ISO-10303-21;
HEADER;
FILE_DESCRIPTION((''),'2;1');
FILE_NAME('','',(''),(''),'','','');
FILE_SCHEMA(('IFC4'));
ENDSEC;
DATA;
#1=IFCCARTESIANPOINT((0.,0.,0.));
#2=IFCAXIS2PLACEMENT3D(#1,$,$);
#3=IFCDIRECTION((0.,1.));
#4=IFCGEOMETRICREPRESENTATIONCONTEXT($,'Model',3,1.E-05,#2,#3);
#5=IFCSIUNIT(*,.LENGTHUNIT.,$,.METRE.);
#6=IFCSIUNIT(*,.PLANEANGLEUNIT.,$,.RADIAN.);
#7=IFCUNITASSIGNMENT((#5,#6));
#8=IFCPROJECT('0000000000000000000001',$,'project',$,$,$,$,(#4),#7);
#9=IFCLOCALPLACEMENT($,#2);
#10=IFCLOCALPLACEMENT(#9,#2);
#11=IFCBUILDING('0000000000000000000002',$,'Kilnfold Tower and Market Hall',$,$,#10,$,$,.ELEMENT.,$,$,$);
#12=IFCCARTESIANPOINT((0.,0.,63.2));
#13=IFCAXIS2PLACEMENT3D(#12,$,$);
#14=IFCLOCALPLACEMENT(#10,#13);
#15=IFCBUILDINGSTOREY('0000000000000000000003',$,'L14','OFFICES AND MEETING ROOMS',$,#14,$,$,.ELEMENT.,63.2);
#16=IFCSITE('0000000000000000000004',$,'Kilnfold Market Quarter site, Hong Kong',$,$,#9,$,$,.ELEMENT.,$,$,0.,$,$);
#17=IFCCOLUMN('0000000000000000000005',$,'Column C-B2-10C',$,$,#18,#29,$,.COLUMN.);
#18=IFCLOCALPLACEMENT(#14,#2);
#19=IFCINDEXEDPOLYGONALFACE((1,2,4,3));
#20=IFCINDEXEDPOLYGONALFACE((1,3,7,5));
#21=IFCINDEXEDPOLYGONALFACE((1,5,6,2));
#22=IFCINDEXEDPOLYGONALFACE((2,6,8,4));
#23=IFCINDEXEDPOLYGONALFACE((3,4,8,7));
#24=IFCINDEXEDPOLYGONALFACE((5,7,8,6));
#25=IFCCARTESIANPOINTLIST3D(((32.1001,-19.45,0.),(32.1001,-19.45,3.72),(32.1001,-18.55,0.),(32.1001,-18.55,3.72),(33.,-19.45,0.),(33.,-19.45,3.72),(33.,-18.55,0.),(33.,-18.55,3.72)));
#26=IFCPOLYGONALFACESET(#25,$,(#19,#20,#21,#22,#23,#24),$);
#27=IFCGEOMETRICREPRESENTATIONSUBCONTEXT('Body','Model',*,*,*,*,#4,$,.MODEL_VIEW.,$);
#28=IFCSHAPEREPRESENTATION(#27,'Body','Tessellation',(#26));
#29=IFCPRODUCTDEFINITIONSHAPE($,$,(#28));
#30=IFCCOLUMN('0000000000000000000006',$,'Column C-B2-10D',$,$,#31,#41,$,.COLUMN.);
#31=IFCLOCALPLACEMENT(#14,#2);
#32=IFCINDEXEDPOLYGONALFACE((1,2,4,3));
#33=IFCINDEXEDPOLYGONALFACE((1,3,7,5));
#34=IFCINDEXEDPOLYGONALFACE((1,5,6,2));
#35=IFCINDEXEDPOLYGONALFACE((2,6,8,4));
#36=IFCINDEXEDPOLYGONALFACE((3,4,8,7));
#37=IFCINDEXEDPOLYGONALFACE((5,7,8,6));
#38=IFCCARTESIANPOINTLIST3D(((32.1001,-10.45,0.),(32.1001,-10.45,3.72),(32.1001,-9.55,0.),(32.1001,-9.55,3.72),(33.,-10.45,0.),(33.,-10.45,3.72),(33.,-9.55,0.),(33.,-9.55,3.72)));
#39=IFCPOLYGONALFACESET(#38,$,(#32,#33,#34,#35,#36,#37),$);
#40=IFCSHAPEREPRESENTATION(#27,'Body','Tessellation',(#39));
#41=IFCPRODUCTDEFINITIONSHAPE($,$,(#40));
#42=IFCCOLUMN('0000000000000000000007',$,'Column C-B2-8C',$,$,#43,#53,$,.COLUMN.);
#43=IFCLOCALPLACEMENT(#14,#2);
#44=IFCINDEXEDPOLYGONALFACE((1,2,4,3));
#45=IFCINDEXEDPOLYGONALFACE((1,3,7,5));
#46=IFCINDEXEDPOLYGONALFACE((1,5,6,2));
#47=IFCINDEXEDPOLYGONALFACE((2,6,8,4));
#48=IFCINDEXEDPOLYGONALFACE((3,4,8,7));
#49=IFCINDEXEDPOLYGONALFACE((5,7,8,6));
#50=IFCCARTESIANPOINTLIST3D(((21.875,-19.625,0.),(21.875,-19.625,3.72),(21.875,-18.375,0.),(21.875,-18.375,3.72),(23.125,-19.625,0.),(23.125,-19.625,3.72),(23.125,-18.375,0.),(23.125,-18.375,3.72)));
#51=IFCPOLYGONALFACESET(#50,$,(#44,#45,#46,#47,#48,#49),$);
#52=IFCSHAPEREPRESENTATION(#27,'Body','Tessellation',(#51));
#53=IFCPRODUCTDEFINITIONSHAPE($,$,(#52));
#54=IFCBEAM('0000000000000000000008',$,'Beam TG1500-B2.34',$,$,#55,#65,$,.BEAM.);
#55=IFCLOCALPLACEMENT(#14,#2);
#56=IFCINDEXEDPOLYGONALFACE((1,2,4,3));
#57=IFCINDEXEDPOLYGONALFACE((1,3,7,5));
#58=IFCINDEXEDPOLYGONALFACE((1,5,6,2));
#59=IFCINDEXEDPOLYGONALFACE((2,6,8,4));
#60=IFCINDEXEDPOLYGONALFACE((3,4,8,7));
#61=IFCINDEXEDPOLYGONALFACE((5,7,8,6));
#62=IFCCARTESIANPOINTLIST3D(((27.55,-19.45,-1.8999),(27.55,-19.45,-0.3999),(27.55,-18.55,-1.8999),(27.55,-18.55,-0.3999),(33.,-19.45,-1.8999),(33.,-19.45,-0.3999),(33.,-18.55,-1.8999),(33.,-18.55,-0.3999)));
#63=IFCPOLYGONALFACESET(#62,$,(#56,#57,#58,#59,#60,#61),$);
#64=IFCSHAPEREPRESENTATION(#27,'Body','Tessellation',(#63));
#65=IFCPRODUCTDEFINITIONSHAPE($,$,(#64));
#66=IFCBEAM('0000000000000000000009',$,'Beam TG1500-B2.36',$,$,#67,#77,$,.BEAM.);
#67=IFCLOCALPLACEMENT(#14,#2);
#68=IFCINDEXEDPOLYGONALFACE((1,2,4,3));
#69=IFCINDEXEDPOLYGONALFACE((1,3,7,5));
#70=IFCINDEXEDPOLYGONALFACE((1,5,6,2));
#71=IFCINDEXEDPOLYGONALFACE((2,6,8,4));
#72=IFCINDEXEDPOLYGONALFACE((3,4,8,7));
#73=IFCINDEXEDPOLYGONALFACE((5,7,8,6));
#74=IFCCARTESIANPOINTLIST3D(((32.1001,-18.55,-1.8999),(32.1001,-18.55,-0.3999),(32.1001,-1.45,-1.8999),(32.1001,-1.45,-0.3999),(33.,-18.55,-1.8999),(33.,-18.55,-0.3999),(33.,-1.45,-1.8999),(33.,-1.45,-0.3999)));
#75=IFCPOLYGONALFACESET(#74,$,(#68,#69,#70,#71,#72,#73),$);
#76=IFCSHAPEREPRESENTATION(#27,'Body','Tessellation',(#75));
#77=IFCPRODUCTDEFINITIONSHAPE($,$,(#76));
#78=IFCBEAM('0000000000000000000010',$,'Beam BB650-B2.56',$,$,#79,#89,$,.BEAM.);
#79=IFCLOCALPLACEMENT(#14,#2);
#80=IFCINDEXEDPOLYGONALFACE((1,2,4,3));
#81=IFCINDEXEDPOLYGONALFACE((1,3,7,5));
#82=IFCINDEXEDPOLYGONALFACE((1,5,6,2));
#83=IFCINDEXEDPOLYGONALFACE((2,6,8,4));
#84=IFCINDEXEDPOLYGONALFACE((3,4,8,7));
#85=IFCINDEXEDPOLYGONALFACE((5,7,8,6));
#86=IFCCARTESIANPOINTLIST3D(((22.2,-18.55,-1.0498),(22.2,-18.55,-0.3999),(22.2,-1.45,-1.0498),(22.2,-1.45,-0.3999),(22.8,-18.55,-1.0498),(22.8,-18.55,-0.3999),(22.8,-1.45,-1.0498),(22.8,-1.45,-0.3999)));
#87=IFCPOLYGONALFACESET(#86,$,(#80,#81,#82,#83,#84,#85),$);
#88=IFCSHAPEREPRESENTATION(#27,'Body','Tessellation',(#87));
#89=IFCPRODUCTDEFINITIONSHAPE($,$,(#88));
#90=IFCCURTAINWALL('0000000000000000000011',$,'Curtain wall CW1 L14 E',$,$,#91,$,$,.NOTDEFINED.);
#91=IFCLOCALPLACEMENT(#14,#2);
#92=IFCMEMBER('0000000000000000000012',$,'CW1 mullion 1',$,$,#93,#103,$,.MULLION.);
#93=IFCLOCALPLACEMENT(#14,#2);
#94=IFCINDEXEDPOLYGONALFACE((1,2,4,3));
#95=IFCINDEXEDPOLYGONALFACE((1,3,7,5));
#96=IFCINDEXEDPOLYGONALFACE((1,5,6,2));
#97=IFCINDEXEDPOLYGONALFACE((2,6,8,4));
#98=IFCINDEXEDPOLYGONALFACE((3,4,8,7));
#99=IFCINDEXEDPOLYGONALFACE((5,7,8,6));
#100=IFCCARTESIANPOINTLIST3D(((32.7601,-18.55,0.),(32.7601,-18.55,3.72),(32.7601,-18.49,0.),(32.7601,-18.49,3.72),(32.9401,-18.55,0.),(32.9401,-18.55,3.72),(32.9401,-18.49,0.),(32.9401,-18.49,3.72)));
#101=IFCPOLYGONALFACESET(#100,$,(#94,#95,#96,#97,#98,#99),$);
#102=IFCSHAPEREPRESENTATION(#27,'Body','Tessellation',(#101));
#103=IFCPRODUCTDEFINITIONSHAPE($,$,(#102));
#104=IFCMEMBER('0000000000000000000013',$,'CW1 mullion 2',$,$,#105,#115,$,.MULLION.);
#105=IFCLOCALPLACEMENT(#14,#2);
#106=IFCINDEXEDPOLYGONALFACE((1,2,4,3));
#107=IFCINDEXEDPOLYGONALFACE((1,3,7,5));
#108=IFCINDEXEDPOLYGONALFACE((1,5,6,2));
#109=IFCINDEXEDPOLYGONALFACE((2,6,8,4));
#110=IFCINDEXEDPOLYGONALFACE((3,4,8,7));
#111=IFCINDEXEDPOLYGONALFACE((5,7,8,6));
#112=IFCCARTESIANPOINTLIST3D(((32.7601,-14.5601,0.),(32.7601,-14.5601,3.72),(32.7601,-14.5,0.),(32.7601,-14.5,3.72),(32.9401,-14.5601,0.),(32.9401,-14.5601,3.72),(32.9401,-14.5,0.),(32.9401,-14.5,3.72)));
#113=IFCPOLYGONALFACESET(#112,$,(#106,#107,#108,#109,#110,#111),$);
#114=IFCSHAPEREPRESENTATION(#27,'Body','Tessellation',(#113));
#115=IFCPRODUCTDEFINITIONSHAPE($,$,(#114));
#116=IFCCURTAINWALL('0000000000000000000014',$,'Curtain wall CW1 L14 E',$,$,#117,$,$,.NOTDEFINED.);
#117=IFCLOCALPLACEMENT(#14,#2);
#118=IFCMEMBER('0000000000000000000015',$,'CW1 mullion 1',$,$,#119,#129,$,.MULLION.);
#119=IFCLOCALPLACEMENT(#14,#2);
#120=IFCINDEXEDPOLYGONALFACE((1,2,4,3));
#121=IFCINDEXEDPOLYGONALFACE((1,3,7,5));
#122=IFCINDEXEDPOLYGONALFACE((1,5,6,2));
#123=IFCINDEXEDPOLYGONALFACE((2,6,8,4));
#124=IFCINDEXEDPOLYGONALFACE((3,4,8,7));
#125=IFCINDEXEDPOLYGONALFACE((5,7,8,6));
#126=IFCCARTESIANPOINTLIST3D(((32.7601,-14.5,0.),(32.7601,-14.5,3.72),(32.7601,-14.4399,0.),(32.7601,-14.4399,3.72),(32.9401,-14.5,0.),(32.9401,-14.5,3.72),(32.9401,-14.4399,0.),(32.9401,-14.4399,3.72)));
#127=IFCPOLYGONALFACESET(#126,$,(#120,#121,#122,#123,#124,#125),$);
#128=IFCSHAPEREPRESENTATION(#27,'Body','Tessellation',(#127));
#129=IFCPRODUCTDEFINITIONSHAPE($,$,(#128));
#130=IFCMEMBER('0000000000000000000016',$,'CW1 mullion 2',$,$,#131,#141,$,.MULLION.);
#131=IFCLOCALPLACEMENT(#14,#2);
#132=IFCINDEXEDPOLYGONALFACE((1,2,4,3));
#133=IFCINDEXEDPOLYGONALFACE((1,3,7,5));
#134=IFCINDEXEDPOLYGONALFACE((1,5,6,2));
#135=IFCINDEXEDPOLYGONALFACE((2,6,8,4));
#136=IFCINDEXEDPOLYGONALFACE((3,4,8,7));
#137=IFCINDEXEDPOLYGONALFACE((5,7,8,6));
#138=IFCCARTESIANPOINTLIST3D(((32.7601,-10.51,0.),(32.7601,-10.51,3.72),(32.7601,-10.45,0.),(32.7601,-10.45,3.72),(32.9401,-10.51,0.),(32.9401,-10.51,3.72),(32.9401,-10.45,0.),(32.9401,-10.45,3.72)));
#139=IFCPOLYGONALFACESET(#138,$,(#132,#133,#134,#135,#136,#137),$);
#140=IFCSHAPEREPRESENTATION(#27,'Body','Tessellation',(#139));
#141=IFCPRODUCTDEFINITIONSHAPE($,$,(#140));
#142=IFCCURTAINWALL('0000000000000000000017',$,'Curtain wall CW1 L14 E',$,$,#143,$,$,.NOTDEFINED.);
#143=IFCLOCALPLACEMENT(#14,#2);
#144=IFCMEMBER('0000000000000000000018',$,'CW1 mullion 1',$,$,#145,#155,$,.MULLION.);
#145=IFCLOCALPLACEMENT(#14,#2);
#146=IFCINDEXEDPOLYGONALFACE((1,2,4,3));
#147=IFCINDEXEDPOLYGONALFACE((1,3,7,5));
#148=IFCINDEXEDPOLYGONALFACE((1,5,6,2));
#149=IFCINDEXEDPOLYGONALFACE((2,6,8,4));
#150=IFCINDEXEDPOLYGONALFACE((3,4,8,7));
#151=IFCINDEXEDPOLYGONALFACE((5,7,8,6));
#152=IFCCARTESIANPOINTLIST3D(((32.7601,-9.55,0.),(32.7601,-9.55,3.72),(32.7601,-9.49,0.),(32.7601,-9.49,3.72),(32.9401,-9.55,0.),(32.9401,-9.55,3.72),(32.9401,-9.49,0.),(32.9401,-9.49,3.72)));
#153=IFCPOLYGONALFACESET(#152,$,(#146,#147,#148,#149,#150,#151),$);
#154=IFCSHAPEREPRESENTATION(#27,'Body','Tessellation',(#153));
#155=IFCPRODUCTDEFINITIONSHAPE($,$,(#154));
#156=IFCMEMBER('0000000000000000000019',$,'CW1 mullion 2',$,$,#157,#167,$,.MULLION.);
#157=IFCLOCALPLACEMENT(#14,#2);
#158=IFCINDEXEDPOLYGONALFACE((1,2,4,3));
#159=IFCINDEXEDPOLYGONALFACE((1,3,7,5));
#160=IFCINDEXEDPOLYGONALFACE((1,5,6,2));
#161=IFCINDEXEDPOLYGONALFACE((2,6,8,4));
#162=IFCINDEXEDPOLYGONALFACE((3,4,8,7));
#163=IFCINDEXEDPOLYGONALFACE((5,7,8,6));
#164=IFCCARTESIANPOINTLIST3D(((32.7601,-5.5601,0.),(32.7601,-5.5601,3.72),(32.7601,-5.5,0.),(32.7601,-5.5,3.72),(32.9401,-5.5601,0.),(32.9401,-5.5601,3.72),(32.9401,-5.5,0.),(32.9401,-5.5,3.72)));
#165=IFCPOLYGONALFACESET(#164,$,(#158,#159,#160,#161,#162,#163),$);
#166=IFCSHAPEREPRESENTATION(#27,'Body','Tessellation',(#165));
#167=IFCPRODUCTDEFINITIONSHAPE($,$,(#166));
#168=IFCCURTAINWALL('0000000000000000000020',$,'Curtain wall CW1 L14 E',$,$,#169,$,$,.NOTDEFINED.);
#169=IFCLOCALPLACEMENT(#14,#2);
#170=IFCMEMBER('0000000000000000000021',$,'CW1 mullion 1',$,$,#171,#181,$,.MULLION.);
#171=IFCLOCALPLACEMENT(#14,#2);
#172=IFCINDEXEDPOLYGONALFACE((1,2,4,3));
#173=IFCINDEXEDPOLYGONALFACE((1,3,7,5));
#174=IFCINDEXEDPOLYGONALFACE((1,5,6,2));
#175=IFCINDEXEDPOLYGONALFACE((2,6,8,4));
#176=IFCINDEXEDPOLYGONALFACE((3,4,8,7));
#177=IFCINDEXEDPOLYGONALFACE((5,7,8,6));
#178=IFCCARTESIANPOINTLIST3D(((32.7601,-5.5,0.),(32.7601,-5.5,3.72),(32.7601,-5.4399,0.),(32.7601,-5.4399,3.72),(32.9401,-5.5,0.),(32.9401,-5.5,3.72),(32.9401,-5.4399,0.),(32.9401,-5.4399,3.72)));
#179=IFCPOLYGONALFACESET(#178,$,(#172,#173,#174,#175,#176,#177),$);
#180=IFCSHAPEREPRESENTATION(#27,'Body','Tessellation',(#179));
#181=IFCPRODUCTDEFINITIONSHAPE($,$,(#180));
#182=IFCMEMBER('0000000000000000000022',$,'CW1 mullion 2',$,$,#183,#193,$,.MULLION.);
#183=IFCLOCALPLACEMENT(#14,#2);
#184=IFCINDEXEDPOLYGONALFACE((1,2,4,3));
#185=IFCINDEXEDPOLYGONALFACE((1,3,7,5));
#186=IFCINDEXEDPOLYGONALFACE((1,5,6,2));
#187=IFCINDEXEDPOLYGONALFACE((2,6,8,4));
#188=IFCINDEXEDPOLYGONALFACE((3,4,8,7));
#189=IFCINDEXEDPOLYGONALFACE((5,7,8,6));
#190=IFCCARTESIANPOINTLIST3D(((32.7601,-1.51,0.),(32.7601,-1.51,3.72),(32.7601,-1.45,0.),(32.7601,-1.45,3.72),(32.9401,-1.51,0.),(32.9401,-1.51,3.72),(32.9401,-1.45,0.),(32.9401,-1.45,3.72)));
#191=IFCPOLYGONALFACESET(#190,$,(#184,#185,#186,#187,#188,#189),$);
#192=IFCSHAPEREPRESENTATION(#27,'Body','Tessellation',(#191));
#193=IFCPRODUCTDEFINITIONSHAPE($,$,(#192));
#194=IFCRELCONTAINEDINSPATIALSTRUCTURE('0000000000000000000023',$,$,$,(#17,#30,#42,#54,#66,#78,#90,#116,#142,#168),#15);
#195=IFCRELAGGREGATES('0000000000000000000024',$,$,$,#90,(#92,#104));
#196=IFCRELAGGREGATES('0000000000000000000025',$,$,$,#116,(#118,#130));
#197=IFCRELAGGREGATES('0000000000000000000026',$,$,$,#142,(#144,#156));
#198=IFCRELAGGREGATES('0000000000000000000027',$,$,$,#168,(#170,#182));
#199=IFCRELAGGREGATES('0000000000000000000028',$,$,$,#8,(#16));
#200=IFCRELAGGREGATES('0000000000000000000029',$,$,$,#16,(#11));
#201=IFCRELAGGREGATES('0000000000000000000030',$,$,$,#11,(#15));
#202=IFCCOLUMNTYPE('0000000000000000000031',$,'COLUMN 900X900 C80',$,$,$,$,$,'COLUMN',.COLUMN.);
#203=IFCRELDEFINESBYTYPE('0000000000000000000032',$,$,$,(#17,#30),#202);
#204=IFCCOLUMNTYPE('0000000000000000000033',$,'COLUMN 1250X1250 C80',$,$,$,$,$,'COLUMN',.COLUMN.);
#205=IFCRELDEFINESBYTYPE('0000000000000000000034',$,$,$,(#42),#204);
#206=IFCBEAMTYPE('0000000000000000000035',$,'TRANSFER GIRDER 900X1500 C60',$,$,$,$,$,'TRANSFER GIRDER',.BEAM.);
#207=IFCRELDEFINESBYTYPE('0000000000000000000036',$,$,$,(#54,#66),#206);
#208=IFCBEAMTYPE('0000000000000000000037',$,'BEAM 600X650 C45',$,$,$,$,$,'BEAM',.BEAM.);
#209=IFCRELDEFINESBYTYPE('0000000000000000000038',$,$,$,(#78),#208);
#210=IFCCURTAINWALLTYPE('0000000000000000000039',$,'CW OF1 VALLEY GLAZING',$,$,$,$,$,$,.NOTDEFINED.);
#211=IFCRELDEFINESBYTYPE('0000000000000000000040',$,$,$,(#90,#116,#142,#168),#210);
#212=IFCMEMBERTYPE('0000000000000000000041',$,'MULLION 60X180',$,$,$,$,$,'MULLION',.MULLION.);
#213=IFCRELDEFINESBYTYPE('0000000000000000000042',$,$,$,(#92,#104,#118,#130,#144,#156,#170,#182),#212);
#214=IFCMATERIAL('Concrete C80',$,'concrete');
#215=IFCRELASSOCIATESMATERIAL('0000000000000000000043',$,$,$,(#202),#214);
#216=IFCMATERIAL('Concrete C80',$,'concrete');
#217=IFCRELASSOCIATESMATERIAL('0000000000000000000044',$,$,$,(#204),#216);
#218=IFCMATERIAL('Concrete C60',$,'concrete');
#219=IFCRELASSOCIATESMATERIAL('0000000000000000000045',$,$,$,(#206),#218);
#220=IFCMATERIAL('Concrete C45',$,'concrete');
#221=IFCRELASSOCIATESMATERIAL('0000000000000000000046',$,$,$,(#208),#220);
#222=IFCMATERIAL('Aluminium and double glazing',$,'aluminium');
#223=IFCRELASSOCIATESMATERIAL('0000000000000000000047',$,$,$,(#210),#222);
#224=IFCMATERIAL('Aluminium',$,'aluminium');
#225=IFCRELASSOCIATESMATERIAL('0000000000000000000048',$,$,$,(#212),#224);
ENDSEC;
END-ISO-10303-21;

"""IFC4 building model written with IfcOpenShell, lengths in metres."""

from ifc_helpers import new_model, si_unit, direction, frame, origin, origin_2d, place, context, subcontext, project, spatial, rectangle, extrude, source, transform, mapped, material, material_profile, profile_set, type_object, element, aggregate, save


model = new_model("IFC4")

# Units and contexts
model_context = context("Model", 3, precision=1e-05, world=origin(), true_north=direction((0.0, 1.0)))
body_context = subcontext(model_context, "Body", "Model", "MODEL_VIEW")
ifc_project = project(units=[si_unit("LENGTHUNIT", "METRE"), si_unit("PLANEANGLEUNIT", "RADIAN")], contexts=[model_context])

# Site, building, storey
site_placement = place(None, origin())
site = spatial("IfcSite", under=ifc_project, at=site_placement, Name="Kilnfold Market Quarter site, Hong Kong", CompositionType="ELEMENT", RefElevation=0.0)
building_placement = place(site_placement, origin())
building = spatial("IfcBuilding", under=site, at=building_placement, Name="Kilnfold Tower and Market Hall", CompositionType="ELEMENT")
storey_placement = place(building_placement, frame((0.0, 0.0, 63.2)))
storey = spatial("IfcBuildingStorey", under=building, at=storey_placement, Name="L14", Description="OFFICES AND MEETING ROOMS", CompositionType="ELEMENT", Elevation=63.2)

# Columns
ifc_material_1 = material(Name="Concrete C80", Category="concrete")
ifc_material_profile_1 = material_profile(ifc_material_1, rectangle(XDim=0.8999, YDim=0.8999, at=origin_2d()), Name="RC 900x900")
ifc_profile_set_1 = profile_set([ifc_material_profile_1], Name="Concrete C80")
column_type_1 = type_object("IfcColumnType", Name="COLUMN 900X900 C80", ElementType="COLUMN", PredefinedType="COLUMN", material=ifc_profile_set_1)
shared_shape_1 = source(origin(), body_context, "Body", "SweptSolid", [
    extrude(rectangle(XDim=0.8999, YDim=0.8999, at=origin_2d()), origin(), (0.0, 0.0, 1.0), 3.72),
])
for number, where, z_axis, x_axis, name in (
    (1, (32.55, -19.0, 0.0), (0.0, 0.0, 1.0), (1.0, 0.0, 0.0), "Column C-B2-10C"),
    (2, (32.55, -10.0, 0.0), (0.0, 0.0, 1.0), (1.0, 0.0, 0.0), "Column C-B2-10D"),
):
    element("IfcColumn", number, at=place(storey_placement, frame(where, z_axis=z_axis, x_axis=x_axis)), inside=storey, type_object=column_type_1, Name=name, PredefinedType="COLUMN", context=body_context, shape_type="MappedRepresentation", body=[
        mapped(shared_shape_1, transform((0.0, 0.0, 0.0))),
    ])
ifc_material_2 = material(Name="Concrete C80", Category="concrete")
ifc_material_profile_2 = material_profile(ifc_material_2, rectangle(XDim=1.25, YDim=1.25, at=origin_2d()), Name="RC 1250x1250")
ifc_profile_set_2 = profile_set([ifc_material_profile_2], Name="Concrete C80")
column_type_2 = type_object("IfcColumnType", Name="COLUMN 1250X1250 C80", ElementType="COLUMN", PredefinedType="COLUMN", material=ifc_profile_set_2)
shared_shape_2 = source(origin(), body_context, "Body", "SweptSolid", [
    extrude(rectangle(XDim=1.25, YDim=1.25, at=origin_2d()), origin(), (0.0, 0.0, 1.0), 3.72),
])
column_placement = place(storey_placement, frame((22.5, -19.0, 0.0), z_axis=(0.0, 0.0, 1.0), x_axis=(1.0, 0.0, 0.0)))
element("IfcColumn", 3, at=column_placement, inside=storey, type_object=column_type_2, Name="Column C-B2-8C", PredefinedType="COLUMN", context=body_context, shape_type="MappedRepresentation", body=[
    mapped(shared_shape_2, transform((0.0, 0.0, 0.0))),
])

# Beams
ifc_material_3 = material(Name="Concrete C60", Category="concrete")
ifc_material_profile_3 = material_profile(ifc_material_3, rectangle(XDim=0.8999, YDim=1.5, at=origin_2d()), Name="RC 900x1500")
ifc_profile_set_3 = profile_set([ifc_material_profile_3], Name="Concrete C60")
beam_type_1 = type_object("IfcBeamType", Name="TRANSFER GIRDER 900X1500 C60", ElementType="TRANSFER GIRDER", PredefinedType="BEAM", material=ifc_profile_set_3)
shared_shape_3 = source(origin(), body_context, "Body", "SweptSolid", [
    extrude(rectangle(XDim=0.8999, YDim=1.5, at=origin_2d()), origin(), (0.0, 0.0, 1.0), 5.45),
])
beam_1_placement = place(storey_placement, frame((27.55, -19.0, -1.1499), z_axis=(1.0, 0.0, 0.0), x_axis=(0.0, 1.0, 0.0)))
element("IfcBeam", 4, at=beam_1_placement, inside=storey, type_object=beam_type_1, Name="Beam TG1500-B2.34", PredefinedType="BEAM", context=body_context, shape_type="MappedRepresentation", body=[
    mapped(shared_shape_3, transform((0.0, 0.0, 0.0))),
])
shared_shape_4 = source(origin(), body_context, "Body", "SweptSolid", [
    extrude(rectangle(XDim=0.8999, YDim=1.5, at=origin_2d()), origin(), (0.0, 0.0, 1.0), 17.1001),
])
beam_2_placement = place(storey_placement, frame((32.55, -18.55, -1.1499), z_axis=(0.0, 1.0, 0.0), x_axis=(-1.0, 0.0, 0.0)))
element("IfcBeam", 5, at=beam_2_placement, inside=storey, type_object=beam_type_1, Name="Beam TG1500-B2.36", PredefinedType="BEAM", context=body_context, shape_type="MappedRepresentation", body=[
    mapped(shared_shape_4, transform((0.0, 0.0, 0.0))),
])
ifc_material_4 = material(Name="Concrete C45", Category="concrete")
ifc_material_profile_4 = material_profile(ifc_material_4, rectangle(XDim=0.6001, YDim=0.6499, at=origin_2d()), Name="RC 600x650")
ifc_profile_set_4 = profile_set([ifc_material_profile_4], Name="Concrete C45")
beam_type_2 = type_object("IfcBeamType", Name="BEAM 600X650 C45", ElementType="BEAM", PredefinedType="BEAM", material=ifc_profile_set_4)
shared_shape_5 = source(origin(), body_context, "Body", "SweptSolid", [
    extrude(rectangle(XDim=0.6001, YDim=0.6499, at=origin_2d()), origin(), (0.0, 0.0, 1.0), 17.1001),
])
beam_3_placement = place(storey_placement, frame((22.5, -18.55, -0.7249), z_axis=(0.0, 1.0, 0.0), x_axis=(-1.0, 0.0, 0.0)))
element("IfcBeam", 6, at=beam_3_placement, inside=storey, type_object=beam_type_2, Name="Beam BB650-B2.56", PredefinedType="BEAM", context=body_context, shape_type="MappedRepresentation", body=[
    mapped(shared_shape_5, transform((0.0, 0.0, 0.0))),
])

# Curtain walls, members
ifc_material_5 = material(Name="Aluminium and double glazing", Category="aluminium")
curtain_wall_type = type_object("IfcCurtainWallType", Name="CW OF1 VALLEY GLAZING", PredefinedType="NOTDEFINED", material=ifc_material_5)
curtain_wall_1_placement = place(storey_placement, origin())
curtain_wall_1 = element("IfcCurtainWall", 7, at=curtain_wall_1_placement, inside=storey, type_object=curtain_wall_type, Name="Curtain wall CW1 L14 E", PredefinedType="NOTDEFINED")
ifc_material_6 = material(Name="Aluminium", Category="aluminium")
ifc_material_profile_5 = material_profile(ifc_material_6, rectangle(XDim=0.0601, YDim=0.1799, at=origin_2d()), Name="MULLION 60x180")
ifc_profile_set_5 = profile_set([ifc_material_profile_5], Name="Aluminium")
member_type_1 = type_object("IfcMemberType", Name="MULLION 60X180", ElementType="MULLION", PredefinedType="MULLION", material=ifc_profile_set_5)
shared_shape_6 = source(origin(), body_context, "Body", "SweptSolid", [
    extrude(rectangle(XDim=0.0601, YDim=0.1799, at=origin_2d()), origin(), (0.0, 0.0, 1.0), 3.72),
])
member_1_placement = place(storey_placement, frame((32.8501, -18.52, 0.0), z_axis=(0.0, 0.0, 1.0), x_axis=(0.0, 1.0, 0.0)))
member_1 = element("IfcMember", 8, at=member_1_placement, type_object=member_type_1, Name="CW1 mullion 1", PredefinedType="MULLION", context=body_context, shape_type="MappedRepresentation", body=[
    mapped(shared_shape_6, transform((0.0, 0.0, 0.0))),
])
member_2_placement = place(storey_placement, frame((32.8501, -14.53, 0.0), z_axis=(0.0, 0.0, 1.0), x_axis=(0.0, 1.0, 0.0)))
member_2 = element("IfcMember", 9, at=member_2_placement, type_object=member_type_1, Name="CW1 mullion 2", PredefinedType="MULLION", context=body_context, shape_type="MappedRepresentation", body=[
    mapped(shared_shape_6, transform((0.0, 0.0, 0.0))),
])
curtain_wall_2_placement = place(storey_placement, origin())
curtain_wall_2 = element("IfcCurtainWall", 10, at=curtain_wall_2_placement, inside=storey, type_object=curtain_wall_type, Name="Curtain wall CW1 L14 E", PredefinedType="NOTDEFINED")
member_3_placement = place(storey_placement, frame((32.8501, -14.47, 0.0), z_axis=(0.0, 0.0, 1.0), x_axis=(0.0, 1.0, 0.0)))
member_3 = element("IfcMember", 11, at=member_3_placement, type_object=member_type_1, Name="CW1 mullion 1", PredefinedType="MULLION", context=body_context, shape_type="MappedRepresentation", body=[
    mapped(shared_shape_6, transform((0.0, 0.0, 0.0))),
])
member_4_placement = place(storey_placement, frame((32.8501, -10.48, 0.0), z_axis=(0.0, 0.0, 1.0), x_axis=(0.0, 1.0, 0.0)))
member_4 = element("IfcMember", 12, at=member_4_placement, type_object=member_type_1, Name="CW1 mullion 2", PredefinedType="MULLION", context=body_context, shape_type="MappedRepresentation", body=[
    mapped(shared_shape_6, transform((0.0, 0.0, 0.0))),
])
curtain_wall_3_placement = place(storey_placement, origin())
curtain_wall_3 = element("IfcCurtainWall", 13, at=curtain_wall_3_placement, inside=storey, type_object=curtain_wall_type, Name="Curtain wall CW1 L14 E", PredefinedType="NOTDEFINED")
member_5_placement = place(storey_placement, frame((32.8501, -9.52, 0.0), z_axis=(0.0, 0.0, 1.0), x_axis=(0.0, 1.0, 0.0)))
member_5 = element("IfcMember", 14, at=member_5_placement, type_object=member_type_1, Name="CW1 mullion 1", PredefinedType="MULLION", context=body_context, shape_type="MappedRepresentation", body=[
    mapped(shared_shape_6, transform((0.0, 0.0, 0.0))),
])
member_6_placement = place(storey_placement, frame((32.8501, -5.53, 0.0), z_axis=(0.0, 0.0, 1.0), x_axis=(0.0, 1.0, 0.0)))
member_6 = element("IfcMember", 15, at=member_6_placement, type_object=member_type_1, Name="CW1 mullion 2", PredefinedType="MULLION", context=body_context, shape_type="MappedRepresentation", body=[
    mapped(shared_shape_6, transform((0.0, 0.0, 0.0))),
])
curtain_wall_4_placement = place(storey_placement, origin())
curtain_wall_4 = element("IfcCurtainWall", 16, at=curtain_wall_4_placement, inside=storey, type_object=curtain_wall_type, Name="Curtain wall CW1 L14 E", PredefinedType="NOTDEFINED")
member_7_placement = place(storey_placement, frame((32.8501, -5.47, 0.0), z_axis=(0.0, 0.0, 1.0), x_axis=(0.0, 1.0, 0.0)))
member_7 = element("IfcMember", 17, at=member_7_placement, type_object=member_type_1, Name="CW1 mullion 1", PredefinedType="MULLION", context=body_context, shape_type="MappedRepresentation", body=[
    mapped(shared_shape_6, transform((0.0, 0.0, 0.0))),
])
member_8_placement = place(storey_placement, frame((32.8501, -1.48, 0.0), z_axis=(0.0, 0.0, 1.0), x_axis=(0.0, 1.0, 0.0)))
member_8 = element("IfcMember", 18, at=member_8_placement, type_object=member_type_1, Name="CW1 mullion 2", PredefinedType="MULLION", context=body_context, shape_type="MappedRepresentation", body=[
    mapped(shared_shape_6, transform((0.0, 0.0, 0.0))),
])

aggregate(curtain_wall_1, [member_1, member_2])
aggregate(curtain_wall_2, [member_3, member_4])
aggregate(curtain_wall_3, [member_5, member_6])
aggregate(curtain_wall_4, [member_7, member_8])

save(model, "model.ifc")
